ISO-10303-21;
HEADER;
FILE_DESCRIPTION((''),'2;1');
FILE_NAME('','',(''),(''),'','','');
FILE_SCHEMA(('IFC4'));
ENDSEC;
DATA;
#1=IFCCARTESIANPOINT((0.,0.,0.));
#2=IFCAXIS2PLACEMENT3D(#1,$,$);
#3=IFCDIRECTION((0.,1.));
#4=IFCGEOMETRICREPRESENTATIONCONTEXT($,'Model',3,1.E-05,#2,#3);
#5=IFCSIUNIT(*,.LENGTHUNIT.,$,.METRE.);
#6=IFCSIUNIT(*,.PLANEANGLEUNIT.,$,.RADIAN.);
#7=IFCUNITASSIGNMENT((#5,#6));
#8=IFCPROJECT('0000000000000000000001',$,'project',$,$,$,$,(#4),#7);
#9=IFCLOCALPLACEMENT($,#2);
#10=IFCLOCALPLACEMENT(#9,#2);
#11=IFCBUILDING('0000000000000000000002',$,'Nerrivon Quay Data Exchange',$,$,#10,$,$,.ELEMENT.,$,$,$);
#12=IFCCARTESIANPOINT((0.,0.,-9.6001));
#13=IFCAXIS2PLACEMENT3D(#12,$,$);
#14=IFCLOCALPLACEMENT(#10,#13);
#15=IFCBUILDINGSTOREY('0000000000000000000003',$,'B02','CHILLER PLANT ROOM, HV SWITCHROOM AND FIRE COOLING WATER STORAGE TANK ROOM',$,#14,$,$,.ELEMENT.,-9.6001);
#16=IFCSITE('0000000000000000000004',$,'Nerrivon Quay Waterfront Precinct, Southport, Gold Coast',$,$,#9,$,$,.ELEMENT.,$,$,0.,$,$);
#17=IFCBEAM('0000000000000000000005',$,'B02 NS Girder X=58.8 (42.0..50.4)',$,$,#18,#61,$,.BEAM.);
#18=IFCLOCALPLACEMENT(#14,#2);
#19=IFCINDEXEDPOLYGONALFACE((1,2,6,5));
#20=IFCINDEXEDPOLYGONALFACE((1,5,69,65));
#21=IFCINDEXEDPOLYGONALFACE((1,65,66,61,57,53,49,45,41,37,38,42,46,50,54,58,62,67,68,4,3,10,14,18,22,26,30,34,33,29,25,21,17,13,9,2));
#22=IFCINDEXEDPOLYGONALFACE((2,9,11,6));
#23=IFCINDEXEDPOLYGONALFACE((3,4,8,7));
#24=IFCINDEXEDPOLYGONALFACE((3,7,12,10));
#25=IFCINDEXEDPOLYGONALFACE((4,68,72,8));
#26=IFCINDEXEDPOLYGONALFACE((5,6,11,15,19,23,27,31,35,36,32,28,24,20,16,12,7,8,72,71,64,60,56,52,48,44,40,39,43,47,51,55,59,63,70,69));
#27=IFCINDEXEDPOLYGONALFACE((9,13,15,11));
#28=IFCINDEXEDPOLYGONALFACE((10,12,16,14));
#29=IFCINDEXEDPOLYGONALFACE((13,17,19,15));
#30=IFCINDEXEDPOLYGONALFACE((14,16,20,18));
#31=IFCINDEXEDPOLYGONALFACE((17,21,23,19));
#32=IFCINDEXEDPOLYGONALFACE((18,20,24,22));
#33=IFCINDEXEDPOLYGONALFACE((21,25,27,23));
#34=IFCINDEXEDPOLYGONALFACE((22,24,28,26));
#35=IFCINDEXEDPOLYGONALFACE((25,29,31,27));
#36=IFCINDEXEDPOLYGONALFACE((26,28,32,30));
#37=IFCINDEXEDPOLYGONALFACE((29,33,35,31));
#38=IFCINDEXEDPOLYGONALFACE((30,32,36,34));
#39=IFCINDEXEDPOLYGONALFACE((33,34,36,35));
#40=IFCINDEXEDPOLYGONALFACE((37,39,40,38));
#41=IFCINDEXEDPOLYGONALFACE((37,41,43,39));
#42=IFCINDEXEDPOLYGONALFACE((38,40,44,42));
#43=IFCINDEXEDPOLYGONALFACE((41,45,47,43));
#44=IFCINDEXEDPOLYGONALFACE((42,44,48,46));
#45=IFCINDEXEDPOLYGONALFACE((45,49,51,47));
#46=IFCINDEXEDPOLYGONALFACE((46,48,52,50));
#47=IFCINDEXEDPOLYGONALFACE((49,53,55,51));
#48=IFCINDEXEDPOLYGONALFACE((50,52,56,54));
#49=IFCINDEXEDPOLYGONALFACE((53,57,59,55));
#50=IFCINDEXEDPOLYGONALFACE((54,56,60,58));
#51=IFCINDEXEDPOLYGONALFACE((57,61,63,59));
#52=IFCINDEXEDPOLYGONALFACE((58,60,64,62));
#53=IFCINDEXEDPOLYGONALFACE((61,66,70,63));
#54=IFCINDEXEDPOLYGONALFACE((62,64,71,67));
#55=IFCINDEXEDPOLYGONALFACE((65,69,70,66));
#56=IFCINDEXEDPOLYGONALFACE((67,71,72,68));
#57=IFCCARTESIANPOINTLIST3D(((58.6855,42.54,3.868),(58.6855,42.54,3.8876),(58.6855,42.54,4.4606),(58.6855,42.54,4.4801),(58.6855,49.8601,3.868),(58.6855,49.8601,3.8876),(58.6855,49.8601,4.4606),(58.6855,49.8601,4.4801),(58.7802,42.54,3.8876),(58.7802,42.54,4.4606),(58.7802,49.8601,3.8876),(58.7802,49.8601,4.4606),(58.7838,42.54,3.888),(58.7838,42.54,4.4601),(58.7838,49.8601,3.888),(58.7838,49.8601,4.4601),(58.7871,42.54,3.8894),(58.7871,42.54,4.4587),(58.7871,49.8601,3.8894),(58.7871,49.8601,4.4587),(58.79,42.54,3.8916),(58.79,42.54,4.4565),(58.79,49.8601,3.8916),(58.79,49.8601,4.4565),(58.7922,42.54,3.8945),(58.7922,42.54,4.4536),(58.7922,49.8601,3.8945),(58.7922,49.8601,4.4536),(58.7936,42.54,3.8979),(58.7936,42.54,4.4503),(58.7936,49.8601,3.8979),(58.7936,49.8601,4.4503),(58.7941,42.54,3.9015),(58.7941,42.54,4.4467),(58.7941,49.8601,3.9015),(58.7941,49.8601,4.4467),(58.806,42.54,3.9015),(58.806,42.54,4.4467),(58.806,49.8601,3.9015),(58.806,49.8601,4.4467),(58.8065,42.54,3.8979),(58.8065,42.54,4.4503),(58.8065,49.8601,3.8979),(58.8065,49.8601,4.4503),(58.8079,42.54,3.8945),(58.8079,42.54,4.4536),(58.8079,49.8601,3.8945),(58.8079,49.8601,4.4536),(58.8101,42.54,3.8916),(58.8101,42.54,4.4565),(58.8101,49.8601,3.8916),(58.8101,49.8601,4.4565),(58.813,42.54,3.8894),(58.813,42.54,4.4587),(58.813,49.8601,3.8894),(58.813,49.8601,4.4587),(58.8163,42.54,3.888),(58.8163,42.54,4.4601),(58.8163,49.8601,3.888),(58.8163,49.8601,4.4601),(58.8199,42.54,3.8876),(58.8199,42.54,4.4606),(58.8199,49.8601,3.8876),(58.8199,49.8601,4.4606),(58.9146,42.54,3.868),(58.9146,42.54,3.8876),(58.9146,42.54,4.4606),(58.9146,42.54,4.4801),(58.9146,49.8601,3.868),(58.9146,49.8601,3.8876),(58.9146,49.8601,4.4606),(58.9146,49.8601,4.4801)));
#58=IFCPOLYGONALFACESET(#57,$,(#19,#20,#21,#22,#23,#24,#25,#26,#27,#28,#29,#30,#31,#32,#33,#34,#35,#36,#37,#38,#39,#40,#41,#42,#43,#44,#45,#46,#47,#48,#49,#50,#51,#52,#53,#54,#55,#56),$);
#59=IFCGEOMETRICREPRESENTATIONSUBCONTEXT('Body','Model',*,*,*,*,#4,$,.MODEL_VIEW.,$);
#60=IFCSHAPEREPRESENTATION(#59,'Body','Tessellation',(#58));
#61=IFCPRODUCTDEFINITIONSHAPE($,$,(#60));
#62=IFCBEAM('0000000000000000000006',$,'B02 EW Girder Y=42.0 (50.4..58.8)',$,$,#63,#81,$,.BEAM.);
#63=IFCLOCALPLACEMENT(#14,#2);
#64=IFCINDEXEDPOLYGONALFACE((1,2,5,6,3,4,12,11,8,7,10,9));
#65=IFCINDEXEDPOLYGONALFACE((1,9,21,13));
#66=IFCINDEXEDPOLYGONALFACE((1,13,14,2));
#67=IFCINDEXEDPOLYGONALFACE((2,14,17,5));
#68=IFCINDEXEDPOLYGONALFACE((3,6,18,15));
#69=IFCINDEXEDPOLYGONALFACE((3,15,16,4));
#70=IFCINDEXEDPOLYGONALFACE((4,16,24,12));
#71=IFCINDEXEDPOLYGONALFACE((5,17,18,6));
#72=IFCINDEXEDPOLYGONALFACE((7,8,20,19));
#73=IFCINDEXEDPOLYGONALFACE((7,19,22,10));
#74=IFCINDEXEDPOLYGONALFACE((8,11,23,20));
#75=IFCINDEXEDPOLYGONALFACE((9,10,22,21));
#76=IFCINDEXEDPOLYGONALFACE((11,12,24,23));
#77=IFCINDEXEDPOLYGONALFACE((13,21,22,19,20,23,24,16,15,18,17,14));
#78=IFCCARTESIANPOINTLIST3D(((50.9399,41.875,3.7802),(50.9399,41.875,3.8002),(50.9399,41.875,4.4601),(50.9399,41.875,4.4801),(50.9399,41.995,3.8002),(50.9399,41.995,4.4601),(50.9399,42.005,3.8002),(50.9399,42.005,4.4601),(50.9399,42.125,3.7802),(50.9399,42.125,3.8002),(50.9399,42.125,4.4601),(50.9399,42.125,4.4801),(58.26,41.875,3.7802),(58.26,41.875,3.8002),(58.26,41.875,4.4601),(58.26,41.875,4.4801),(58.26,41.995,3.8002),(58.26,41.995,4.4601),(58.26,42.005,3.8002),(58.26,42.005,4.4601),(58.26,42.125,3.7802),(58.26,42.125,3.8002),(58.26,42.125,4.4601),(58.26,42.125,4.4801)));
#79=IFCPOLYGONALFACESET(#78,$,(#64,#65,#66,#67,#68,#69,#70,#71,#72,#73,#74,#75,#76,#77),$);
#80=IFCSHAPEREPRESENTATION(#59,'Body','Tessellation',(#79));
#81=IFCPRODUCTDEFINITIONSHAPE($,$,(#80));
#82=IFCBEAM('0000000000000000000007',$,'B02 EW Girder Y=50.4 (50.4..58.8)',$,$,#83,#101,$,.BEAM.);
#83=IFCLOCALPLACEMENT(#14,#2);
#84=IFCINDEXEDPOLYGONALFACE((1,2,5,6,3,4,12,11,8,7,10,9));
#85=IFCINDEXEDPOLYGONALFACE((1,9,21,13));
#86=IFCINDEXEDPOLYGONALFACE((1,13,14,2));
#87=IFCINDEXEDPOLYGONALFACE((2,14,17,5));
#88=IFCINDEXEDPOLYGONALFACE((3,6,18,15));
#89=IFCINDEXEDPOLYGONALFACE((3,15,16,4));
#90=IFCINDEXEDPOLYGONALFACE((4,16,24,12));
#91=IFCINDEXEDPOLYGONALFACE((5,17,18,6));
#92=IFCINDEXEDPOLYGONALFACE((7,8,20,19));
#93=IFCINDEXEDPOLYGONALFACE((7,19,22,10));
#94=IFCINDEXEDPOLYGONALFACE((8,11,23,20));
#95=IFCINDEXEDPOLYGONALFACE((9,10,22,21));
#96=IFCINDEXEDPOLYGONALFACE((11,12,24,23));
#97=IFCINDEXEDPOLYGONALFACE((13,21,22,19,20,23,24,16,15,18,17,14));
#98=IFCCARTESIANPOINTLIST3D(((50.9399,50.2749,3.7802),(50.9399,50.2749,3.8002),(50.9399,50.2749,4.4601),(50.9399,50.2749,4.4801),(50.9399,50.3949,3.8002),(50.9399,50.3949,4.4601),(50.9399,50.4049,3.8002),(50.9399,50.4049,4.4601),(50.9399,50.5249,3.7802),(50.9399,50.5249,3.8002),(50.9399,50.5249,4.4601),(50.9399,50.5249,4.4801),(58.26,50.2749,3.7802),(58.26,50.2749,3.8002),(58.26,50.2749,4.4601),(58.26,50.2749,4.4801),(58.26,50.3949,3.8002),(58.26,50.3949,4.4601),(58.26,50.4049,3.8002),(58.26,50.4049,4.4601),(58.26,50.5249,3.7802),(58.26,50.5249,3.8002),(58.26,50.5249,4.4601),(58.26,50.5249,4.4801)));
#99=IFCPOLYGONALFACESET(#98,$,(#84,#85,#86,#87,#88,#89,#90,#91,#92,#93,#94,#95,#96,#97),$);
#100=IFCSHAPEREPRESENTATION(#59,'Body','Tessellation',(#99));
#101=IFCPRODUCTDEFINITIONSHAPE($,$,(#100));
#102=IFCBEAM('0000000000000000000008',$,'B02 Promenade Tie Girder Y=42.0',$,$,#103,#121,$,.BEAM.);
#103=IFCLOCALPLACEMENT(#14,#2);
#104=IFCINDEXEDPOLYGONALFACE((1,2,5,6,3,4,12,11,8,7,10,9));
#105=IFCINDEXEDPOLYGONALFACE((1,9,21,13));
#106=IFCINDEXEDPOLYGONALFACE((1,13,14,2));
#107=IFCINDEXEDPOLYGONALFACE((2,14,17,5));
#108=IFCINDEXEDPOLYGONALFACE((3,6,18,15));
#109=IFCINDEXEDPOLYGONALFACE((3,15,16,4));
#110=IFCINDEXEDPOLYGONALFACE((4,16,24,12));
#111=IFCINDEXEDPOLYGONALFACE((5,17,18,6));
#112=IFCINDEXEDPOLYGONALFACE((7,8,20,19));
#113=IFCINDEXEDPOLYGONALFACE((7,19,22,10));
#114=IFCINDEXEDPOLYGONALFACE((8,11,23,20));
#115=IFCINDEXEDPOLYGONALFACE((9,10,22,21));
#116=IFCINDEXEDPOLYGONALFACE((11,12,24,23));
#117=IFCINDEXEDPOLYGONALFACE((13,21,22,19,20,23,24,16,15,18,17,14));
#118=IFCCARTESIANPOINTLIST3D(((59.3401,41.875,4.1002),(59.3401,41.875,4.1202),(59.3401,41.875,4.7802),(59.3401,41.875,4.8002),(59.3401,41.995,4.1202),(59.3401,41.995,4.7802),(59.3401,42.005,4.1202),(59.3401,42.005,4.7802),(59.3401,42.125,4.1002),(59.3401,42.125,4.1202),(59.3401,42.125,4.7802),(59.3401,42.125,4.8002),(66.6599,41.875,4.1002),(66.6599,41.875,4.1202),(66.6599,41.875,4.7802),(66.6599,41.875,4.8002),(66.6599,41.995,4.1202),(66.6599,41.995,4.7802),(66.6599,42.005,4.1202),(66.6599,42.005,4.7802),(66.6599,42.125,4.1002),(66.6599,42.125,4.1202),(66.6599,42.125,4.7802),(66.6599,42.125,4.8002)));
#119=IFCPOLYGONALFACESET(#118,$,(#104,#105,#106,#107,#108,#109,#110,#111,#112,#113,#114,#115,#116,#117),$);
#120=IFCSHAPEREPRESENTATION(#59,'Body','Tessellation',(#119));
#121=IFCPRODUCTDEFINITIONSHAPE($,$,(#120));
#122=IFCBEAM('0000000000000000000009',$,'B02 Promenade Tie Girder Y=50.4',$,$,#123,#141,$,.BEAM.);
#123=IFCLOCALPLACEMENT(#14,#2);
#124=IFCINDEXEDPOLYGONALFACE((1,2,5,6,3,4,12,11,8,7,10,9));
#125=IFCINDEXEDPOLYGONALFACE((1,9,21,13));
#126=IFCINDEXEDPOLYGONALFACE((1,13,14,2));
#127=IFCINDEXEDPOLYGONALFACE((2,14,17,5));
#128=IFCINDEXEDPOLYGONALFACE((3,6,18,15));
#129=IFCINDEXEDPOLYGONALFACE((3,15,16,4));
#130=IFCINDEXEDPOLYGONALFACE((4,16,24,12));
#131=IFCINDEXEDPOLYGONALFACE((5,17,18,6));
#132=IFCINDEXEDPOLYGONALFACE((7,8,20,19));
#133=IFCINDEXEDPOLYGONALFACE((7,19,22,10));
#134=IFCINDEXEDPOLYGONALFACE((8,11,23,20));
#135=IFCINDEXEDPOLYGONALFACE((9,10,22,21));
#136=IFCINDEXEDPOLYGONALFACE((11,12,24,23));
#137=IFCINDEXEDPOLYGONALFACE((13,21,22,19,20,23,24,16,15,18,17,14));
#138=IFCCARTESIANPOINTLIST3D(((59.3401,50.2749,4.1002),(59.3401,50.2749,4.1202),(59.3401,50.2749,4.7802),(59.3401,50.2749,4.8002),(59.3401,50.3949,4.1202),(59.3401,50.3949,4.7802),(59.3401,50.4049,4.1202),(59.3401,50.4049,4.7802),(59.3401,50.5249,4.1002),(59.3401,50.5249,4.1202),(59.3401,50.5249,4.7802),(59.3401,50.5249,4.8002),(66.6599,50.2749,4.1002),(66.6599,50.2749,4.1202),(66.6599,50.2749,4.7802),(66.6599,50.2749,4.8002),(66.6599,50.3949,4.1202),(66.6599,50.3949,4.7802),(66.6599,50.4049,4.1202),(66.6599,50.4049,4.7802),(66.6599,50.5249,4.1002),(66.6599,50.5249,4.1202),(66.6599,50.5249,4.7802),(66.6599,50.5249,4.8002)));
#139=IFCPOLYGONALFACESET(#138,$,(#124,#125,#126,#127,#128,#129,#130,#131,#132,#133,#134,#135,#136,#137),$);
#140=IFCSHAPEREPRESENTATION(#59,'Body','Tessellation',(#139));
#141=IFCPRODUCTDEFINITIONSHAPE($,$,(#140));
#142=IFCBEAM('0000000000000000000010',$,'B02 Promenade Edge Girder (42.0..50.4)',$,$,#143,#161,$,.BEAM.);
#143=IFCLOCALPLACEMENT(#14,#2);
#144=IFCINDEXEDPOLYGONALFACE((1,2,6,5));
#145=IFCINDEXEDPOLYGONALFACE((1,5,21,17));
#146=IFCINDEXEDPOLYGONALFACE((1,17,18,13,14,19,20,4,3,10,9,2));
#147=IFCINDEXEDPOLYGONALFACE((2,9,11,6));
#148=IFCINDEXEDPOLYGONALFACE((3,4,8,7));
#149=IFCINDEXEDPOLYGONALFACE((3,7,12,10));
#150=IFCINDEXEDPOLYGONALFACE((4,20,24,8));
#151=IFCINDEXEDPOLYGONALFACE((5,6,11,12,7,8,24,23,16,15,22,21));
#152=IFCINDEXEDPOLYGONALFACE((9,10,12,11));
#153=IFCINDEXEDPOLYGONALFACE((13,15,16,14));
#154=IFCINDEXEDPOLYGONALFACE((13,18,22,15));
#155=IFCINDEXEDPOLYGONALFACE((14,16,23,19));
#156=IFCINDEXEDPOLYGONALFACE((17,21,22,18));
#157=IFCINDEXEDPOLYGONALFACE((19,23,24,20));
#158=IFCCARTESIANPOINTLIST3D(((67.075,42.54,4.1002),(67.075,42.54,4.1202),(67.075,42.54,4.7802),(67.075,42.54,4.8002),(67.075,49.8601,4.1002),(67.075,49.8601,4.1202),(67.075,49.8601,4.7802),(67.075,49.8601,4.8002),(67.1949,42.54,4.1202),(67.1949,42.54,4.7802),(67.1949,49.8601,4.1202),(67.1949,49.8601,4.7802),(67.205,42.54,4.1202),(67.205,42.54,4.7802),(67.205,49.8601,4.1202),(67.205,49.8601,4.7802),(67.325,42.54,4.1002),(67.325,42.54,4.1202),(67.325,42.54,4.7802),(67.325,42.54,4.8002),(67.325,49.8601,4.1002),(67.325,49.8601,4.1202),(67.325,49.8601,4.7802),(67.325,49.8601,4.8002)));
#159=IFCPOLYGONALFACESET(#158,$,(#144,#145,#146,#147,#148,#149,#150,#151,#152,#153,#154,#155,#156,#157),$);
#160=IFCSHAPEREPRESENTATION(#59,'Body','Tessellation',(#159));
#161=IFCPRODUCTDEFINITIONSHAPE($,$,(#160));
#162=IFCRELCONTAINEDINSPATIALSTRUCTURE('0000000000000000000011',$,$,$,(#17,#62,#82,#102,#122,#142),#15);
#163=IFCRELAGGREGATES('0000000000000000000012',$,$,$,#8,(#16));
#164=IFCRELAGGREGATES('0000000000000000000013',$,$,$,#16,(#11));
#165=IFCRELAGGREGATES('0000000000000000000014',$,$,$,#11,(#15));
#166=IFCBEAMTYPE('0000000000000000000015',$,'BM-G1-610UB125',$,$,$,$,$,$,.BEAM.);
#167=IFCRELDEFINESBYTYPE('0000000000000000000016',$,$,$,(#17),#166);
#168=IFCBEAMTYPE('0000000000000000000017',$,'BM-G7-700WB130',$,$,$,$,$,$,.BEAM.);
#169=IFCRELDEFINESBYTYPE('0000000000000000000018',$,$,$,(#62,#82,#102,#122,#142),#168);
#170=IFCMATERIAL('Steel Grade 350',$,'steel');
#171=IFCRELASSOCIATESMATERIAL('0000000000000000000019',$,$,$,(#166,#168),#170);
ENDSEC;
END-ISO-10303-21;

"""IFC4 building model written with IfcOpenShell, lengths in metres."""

from ifc_helpers import new_model, si_unit, direction, frame, origin, origin_2d, place, context, subcontext, project, spatial, i_section, extrude, material, material_profile, profile_set, type_object, element, save


model = new_model("IFC4")

# Units and contexts
model_context = context("Model", 3, precision=1e-05, world=origin(), true_north=direction((0.0, 1.0)))
body_context = subcontext(model_context, "Body", "Model", "MODEL_VIEW")
ifc_project = project(units=[si_unit("LENGTHUNIT", "METRE"), si_unit("PLANEANGLEUNIT", "RADIAN")], contexts=[model_context])

# Site, building, storey
site_placement = place(None, origin())
site = spatial("IfcSite", under=ifc_project, at=site_placement, Name="Nerrivon Quay Waterfront Precinct, Southport, Gold Coast", CompositionType="ELEMENT", RefElevation=0.0)
building_placement = place(site_placement, origin())
building = spatial("IfcBuilding", under=site, at=building_placement, Name="Nerrivon Quay Data Exchange", CompositionType="ELEMENT")
storey_placement = place(building_placement, frame((0.0, 0.0, -9.6001)))
storey = spatial("IfcBuildingStorey", under=building, at=storey_placement, Name="B02", Description="CHILLER PLANT ROOM, HV SWITCHROOM AND FIRE COOLING WATER STORAGE TANK ROOM", CompositionType="ELEMENT", Elevation=-9.6001)

# Beams
ifc_material_1 = material(Name="Steel Grade 350", Category="steel")
ifc_material_profile_1 = material_profile(ifc_material_1, i_section(OverallWidth=0.229, OverallDepth=0.6121, WebThickness=0.012, FlangeThickness=0.0195, FilletRadius=0.0139, at=origin_2d()), Name="610UB125")
ifc_profile_set_1 = profile_set([ifc_material_profile_1], Name="Steel Grade 350")
beam_type_1 = type_object("IfcBeamType", Name="BM-G1-610UB125", PredefinedType="BEAM", material=ifc_profile_set_1)
for number, where, z_axis, x_axis, name in (
    (1, (58.8, 42.54, 4.1741), (0.0, 1.0, 0.0), (-1.0, 0.0, 0.0), "B02 NS Girder X=58.8 (42.0..50.4)"),
):
    element("IfcBeam", number, at=place(storey_placement, frame(where, z_axis=z_axis, x_axis=x_axis)), inside=storey, type_object=beam_type_1, Name=name, PredefinedType="BEAM", context=body_context, shape_type="SweptSolid", body=[
        extrude(i_section(OverallWidth=0.229, OverallDepth=0.6121, WebThickness=0.012, FlangeThickness=0.0195, FilletRadius=0.0139, at=origin_2d()), origin(), (0.0, 0.0, 1.0), 7.3201),
    ])
ifc_material_profile_2 = material_profile(ifc_material_1, i_section(OverallWidth=0.25, OverallDepth=0.7, WebThickness=0.01, FlangeThickness=0.02, at=origin_2d()), Name="700WB130")
ifc_profile_set_2 = profile_set([ifc_material_profile_2], Name="Steel Grade 350")
beam_type_2 = type_object("IfcBeamType", Name="BM-G7-700WB130", PredefinedType="BEAM", material=ifc_profile_set_2)
for number, where, z_axis, x_axis, name in (
    (2, (50.9399, 42.0, 4.1301), (1.0, 0.0, 0.0), (0.0, 1.0, 0.0), "B02 EW Girder Y=42.0 (50.4..58.8)"),
    (3, (50.9399, 50.3999, 4.1301), (1.0, 0.0, 0.0), (0.0, 1.0, 0.0), "B02 EW Girder Y=50.4 (50.4..58.8)"),
):
    element("IfcBeam", number, at=place(storey_placement, frame(where, z_axis=z_axis, x_axis=x_axis)), inside=storey, type_object=beam_type_2, Name=name, PredefinedType="BEAM", context=body_context, shape_type="SweptSolid", body=[
        extrude(i_section(OverallWidth=0.25, OverallDepth=0.7, WebThickness=0.01, FlangeThickness=0.02, at=origin_2d()), origin(), (0.0, 0.0, 1.0), 7.3201),
    ])
for number, where, z_axis, x_axis, name in (
    (4, (59.3401, 42.0, 4.4502), (1.0, 0.0, 0.0), (0.0, 1.0, 0.0), "B02 Promenade Tie Girder Y=42.0"),
    (5, (59.3401, 50.3999, 4.4502), (1.0, 0.0, 0.0), (0.0, 1.0, 0.0), "B02 Promenade Tie Girder Y=50.4"),
):
    element("IfcBeam", number, at=place(storey_placement, frame(where, z_axis=z_axis, x_axis=x_axis)), inside=storey, type_object=beam_type_2, Name=name, PredefinedType="BEAM", context=body_context, shape_type="SweptSolid", body=[
        extrude(i_section(OverallWidth=0.25, OverallDepth=0.7, WebThickness=0.01, FlangeThickness=0.02, at=origin_2d()), origin(), (0.0, 0.0, 1.0), 7.3198),
    ])
beam_placement = place(storey_placement, frame((67.2, 42.54, 4.4502), z_axis=(0.0, 1.0, 0.0), x_axis=(-1.0, 0.0, 0.0)))
element("IfcBeam", 6, at=beam_placement, inside=storey, type_object=beam_type_2, Name="B02 Promenade Edge Girder (42.0..50.4)", PredefinedType="BEAM", context=body_context, shape_type="SweptSolid", body=[
    extrude(i_section(OverallWidth=0.25, OverallDepth=0.7, WebThickness=0.01, FlangeThickness=0.02, at=origin_2d()), origin(), (0.0, 0.0, 1.0), 7.3201),
])

save(model, "model.ifc")
